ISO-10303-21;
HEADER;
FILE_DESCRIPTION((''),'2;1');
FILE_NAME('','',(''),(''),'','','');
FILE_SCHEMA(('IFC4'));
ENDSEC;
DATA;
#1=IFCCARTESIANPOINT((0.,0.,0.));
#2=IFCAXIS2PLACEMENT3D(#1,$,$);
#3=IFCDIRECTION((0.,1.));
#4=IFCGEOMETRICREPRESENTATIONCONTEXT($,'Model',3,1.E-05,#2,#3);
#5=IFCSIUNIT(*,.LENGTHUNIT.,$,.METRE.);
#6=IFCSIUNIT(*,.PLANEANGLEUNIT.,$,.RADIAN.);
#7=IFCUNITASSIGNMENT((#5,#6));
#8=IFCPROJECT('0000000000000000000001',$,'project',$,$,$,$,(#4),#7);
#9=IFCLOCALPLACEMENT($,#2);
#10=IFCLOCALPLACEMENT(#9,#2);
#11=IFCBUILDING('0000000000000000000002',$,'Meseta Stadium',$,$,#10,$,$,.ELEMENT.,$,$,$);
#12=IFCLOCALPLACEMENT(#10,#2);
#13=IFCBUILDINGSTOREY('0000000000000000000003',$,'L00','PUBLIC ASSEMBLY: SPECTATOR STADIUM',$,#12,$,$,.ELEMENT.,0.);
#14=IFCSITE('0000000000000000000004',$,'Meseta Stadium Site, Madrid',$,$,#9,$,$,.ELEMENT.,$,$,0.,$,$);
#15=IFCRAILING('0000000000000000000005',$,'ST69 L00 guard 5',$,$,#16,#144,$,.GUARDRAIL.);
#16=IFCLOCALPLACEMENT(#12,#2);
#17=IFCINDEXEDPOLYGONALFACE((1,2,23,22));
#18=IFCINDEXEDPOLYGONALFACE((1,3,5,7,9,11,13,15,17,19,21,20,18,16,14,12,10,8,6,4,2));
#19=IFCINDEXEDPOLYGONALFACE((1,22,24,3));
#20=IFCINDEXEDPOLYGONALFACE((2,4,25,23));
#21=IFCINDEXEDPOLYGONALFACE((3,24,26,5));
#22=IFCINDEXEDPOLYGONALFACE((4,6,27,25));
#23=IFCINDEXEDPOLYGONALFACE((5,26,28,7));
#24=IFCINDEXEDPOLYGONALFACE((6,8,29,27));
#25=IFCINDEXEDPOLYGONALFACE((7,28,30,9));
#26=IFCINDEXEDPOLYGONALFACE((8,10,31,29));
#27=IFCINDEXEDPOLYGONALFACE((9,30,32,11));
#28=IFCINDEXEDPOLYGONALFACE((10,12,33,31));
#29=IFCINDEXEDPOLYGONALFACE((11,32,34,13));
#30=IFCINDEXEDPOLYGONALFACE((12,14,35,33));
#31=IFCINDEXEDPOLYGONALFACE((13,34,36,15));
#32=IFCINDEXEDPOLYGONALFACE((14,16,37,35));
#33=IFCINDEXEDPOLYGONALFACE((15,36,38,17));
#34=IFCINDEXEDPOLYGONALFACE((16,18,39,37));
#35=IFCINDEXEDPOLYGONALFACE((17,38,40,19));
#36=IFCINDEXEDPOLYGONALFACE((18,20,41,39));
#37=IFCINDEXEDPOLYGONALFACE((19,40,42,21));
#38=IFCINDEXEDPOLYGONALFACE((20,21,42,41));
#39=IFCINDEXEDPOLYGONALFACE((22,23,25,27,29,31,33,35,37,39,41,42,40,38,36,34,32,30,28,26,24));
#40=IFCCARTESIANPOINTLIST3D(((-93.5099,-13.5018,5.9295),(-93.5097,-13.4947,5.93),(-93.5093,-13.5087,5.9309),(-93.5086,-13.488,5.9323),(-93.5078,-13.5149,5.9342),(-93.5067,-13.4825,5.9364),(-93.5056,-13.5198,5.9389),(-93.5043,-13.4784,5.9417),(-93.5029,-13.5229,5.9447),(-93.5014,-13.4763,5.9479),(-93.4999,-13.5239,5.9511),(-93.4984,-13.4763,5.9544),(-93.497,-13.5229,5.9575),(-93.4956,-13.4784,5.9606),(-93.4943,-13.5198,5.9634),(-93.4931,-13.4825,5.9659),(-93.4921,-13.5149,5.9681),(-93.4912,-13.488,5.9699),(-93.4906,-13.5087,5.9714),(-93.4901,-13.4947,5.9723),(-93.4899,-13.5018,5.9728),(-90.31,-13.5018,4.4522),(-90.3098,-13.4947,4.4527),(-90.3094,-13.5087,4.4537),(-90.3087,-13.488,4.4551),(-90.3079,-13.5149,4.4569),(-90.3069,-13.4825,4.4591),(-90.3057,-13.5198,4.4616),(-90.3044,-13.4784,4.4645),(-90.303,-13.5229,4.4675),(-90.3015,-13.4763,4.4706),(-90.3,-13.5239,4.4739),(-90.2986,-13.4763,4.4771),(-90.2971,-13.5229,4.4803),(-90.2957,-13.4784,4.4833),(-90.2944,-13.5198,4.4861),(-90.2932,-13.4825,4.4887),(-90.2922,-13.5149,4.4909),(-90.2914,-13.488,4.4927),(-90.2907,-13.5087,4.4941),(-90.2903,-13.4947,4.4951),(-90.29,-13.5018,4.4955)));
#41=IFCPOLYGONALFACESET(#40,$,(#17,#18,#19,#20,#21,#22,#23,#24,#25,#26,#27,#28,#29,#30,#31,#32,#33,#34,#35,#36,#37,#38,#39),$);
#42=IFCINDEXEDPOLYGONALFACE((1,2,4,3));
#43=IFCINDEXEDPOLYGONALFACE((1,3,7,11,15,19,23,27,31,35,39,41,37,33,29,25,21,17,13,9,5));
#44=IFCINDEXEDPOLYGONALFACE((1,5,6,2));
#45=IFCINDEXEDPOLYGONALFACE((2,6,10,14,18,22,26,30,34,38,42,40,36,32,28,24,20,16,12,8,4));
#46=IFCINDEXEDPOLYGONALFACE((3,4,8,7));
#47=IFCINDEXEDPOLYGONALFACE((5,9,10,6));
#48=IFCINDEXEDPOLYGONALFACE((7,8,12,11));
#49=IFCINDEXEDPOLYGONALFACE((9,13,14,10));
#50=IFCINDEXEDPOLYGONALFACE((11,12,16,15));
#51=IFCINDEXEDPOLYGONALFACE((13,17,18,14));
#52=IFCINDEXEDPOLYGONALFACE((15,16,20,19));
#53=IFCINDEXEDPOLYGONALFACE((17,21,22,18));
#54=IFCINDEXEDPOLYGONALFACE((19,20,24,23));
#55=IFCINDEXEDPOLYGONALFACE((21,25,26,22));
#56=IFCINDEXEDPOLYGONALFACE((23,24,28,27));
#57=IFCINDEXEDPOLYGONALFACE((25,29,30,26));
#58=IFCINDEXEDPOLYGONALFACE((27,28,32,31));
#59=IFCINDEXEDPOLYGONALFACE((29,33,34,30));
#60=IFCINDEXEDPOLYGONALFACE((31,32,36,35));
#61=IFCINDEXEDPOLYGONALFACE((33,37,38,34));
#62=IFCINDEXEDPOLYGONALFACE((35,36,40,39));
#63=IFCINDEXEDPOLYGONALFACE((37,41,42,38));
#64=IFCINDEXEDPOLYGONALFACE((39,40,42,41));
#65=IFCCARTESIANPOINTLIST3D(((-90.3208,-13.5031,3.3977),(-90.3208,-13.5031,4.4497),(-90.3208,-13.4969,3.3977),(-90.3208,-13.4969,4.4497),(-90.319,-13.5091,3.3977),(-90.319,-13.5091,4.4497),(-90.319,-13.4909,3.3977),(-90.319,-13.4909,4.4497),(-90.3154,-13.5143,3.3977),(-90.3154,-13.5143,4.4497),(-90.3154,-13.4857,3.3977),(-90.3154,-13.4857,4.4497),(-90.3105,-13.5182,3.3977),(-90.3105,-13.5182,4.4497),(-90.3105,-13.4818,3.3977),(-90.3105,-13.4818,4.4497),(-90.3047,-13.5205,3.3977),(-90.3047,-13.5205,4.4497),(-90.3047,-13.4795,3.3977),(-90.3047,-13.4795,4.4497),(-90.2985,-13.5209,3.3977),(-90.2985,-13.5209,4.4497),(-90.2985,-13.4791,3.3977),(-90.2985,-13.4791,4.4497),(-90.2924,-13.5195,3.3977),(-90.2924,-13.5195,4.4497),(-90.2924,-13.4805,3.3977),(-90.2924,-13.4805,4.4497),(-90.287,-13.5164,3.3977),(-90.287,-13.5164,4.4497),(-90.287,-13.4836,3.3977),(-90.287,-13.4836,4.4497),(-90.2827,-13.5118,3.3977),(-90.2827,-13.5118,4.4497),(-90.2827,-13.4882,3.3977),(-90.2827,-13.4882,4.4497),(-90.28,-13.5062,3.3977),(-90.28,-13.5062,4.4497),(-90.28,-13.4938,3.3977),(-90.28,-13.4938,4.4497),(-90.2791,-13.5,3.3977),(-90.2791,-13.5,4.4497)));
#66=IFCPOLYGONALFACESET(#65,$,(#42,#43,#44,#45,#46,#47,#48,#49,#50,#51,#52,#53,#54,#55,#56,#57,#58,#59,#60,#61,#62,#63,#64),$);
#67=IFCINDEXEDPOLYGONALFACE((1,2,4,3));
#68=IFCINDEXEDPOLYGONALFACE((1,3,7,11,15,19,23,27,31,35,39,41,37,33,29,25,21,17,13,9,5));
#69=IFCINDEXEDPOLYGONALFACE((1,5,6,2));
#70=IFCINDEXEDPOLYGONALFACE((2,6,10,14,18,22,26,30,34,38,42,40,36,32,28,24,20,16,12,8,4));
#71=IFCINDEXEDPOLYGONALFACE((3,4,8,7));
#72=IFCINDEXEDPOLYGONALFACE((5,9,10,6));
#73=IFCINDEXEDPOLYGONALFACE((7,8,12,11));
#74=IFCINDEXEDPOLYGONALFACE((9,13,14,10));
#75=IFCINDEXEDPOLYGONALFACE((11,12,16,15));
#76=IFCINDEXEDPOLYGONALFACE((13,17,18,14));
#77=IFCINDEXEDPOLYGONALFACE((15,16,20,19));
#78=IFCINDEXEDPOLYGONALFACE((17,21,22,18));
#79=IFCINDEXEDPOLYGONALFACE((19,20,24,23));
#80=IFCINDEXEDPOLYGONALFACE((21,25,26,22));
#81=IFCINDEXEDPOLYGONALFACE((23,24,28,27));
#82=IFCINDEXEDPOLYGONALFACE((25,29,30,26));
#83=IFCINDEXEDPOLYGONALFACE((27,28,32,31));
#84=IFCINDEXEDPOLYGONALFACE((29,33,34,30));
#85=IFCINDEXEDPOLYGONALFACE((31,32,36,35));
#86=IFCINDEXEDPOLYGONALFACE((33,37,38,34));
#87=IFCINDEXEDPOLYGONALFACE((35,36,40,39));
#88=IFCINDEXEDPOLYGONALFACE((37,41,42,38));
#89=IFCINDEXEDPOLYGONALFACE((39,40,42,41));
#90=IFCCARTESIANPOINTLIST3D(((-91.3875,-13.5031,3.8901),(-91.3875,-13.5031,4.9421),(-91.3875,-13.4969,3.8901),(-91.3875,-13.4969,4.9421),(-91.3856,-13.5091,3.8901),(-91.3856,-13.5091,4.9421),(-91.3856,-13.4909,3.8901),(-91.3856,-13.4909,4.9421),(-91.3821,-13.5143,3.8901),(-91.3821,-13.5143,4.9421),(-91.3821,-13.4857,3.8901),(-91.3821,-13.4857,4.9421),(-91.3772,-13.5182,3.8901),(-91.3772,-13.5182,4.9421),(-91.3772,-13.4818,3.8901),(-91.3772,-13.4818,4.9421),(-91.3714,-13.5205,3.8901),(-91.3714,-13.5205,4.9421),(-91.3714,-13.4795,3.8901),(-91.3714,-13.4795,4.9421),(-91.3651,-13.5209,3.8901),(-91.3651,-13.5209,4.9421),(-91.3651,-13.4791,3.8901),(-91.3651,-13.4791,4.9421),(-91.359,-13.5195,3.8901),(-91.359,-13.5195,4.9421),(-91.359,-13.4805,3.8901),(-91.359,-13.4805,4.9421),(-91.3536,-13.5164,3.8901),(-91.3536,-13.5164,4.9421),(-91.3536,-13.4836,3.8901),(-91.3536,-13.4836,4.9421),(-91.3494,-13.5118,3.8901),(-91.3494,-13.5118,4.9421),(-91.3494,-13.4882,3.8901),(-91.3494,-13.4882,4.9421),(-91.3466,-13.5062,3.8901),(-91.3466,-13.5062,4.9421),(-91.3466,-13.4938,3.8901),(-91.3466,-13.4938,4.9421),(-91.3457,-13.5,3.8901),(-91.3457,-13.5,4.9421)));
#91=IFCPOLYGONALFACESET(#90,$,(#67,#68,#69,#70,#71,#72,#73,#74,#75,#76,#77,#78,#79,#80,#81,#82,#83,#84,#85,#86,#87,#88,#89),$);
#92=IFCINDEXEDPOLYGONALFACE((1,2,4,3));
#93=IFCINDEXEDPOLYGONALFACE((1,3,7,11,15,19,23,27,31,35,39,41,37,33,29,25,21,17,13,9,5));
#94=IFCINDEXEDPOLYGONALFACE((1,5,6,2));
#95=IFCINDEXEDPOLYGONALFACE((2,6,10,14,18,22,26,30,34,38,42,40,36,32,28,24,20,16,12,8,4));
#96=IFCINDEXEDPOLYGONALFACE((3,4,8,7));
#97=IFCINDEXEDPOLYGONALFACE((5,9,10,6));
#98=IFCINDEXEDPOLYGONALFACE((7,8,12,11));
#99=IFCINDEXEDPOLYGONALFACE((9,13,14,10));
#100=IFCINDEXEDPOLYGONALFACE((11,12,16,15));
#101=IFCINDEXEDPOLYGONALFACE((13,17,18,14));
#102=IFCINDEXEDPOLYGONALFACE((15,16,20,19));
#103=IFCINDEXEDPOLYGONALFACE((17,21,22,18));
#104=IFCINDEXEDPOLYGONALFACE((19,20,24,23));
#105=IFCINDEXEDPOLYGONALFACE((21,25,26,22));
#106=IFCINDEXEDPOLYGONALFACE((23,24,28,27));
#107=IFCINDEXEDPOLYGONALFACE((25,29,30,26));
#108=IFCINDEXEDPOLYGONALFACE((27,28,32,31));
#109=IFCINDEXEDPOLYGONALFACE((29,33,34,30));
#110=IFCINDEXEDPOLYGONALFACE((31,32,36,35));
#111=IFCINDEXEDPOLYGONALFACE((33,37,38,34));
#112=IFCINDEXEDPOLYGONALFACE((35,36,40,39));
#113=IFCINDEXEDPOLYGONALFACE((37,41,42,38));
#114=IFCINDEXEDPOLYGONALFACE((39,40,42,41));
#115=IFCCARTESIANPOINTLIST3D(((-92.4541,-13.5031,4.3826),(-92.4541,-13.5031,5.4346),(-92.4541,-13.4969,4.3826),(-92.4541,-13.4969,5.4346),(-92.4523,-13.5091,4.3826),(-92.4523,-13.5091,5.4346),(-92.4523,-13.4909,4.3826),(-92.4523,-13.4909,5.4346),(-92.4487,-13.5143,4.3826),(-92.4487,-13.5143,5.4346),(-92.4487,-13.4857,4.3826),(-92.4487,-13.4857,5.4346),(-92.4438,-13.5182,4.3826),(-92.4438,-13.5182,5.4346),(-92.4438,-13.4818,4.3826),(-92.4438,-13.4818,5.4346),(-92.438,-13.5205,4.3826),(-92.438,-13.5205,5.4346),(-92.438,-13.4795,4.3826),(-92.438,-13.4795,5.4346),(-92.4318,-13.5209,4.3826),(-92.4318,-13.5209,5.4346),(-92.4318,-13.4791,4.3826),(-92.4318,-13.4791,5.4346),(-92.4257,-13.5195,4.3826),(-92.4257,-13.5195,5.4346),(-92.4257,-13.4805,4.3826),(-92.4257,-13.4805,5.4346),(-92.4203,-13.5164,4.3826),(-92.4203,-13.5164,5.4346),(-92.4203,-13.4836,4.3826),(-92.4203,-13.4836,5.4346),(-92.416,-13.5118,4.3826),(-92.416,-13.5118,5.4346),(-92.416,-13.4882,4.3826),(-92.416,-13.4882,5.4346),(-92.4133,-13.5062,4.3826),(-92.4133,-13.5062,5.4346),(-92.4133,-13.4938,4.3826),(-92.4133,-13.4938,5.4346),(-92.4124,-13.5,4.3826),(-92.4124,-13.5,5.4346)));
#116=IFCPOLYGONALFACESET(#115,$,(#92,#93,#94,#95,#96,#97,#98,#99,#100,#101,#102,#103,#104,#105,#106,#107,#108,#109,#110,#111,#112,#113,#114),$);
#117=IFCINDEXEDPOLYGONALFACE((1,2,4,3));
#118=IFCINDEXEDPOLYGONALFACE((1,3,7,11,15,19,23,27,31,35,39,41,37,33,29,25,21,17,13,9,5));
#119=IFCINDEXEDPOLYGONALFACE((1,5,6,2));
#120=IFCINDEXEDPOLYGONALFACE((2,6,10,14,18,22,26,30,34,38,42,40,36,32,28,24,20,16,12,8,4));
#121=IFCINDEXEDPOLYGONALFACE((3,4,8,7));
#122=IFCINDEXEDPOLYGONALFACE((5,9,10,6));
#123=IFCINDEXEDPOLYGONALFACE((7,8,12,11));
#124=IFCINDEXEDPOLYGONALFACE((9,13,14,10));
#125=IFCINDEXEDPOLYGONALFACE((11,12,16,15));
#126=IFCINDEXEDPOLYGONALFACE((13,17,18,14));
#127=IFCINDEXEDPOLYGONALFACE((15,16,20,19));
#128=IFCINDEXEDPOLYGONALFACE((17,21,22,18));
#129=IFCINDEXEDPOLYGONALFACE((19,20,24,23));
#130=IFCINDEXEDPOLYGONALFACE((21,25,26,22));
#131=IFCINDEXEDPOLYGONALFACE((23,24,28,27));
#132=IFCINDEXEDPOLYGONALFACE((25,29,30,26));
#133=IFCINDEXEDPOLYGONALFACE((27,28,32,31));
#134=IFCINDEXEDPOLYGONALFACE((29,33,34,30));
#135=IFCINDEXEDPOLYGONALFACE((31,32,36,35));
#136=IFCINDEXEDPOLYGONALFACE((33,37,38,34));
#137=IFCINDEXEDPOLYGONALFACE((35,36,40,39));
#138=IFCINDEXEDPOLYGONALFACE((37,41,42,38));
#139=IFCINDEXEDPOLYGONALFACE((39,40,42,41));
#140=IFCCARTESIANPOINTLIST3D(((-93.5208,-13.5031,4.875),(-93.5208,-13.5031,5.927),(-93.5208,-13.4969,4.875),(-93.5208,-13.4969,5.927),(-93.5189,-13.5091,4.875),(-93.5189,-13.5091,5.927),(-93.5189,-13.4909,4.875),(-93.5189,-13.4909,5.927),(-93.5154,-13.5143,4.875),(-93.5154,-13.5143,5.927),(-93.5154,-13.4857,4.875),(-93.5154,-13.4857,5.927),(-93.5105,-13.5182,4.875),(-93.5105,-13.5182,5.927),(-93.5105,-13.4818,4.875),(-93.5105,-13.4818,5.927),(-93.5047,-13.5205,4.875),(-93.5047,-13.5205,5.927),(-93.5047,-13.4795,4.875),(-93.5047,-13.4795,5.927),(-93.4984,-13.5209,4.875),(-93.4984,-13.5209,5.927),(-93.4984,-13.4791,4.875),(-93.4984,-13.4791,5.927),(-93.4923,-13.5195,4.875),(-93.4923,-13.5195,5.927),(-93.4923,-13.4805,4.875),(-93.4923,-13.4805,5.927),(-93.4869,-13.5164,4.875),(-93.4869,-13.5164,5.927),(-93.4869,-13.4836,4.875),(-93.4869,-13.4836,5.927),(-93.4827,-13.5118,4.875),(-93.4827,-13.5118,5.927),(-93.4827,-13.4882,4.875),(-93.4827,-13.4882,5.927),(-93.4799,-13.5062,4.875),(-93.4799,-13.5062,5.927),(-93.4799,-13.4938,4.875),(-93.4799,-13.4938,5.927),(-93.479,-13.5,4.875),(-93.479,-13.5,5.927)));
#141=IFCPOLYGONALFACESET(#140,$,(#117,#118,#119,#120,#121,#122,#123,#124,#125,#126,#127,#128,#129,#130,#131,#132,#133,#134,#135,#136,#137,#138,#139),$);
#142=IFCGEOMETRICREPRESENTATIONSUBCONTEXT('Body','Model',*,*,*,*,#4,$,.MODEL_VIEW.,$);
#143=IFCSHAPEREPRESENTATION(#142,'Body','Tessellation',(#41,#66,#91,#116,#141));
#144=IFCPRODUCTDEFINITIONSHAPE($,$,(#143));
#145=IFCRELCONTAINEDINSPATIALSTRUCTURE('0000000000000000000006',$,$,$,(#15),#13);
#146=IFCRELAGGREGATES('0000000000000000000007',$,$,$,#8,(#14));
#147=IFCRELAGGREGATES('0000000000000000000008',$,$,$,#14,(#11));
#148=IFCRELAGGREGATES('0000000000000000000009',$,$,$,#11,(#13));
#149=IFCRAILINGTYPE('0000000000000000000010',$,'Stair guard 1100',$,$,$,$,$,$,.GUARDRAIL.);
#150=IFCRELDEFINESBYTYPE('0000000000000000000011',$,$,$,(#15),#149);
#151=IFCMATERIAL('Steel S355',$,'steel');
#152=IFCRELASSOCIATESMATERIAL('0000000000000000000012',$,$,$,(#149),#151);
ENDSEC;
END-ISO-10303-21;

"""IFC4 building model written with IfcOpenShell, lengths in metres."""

from ifc_helpers import new_model, si_unit, direction, frame, origin, origin_2d, place, context, subcontext, project, spatial, circle, extrude, material, type_object, element, save


model = new_model("IFC4")

# Units and contexts
model_context = context("Model", 3, precision=1e-05, world=origin(), true_north=direction((0.0, 1.0)))
body_context = subcontext(model_context, "Body", "Model", "MODEL_VIEW")
ifc_project = project(units=[si_unit("LENGTHUNIT", "METRE"), si_unit("PLANEANGLEUNIT", "RADIAN")], contexts=[model_context])

# Site, building, storey
site_placement = place(None, origin())
site = spatial("IfcSite", under=ifc_project, at=site_placement, Name="Meseta Stadium Site, Madrid", CompositionType="ELEMENT", RefElevation=0.0)
building_placement = place(site_placement, origin())
building = spatial("IfcBuilding", under=site, at=building_placement, Name="Meseta Stadium", CompositionType="ELEMENT")
storey_placement = place(building_placement, origin())
storey = spatial("IfcBuildingStorey", under=building, at=storey_placement, Name="L00", Description="PUBLIC ASSEMBLY: SPECTATOR STADIUM", CompositionType="ELEMENT", Elevation=0.0)

# Railing
ifc_material_1 = material(Name="Steel S355", Category="steel")
railing_type_1 = type_object("IfcRailingType", Name="Stair guard 1100", PredefinedType="GUARDRAIL", material=ifc_material_1)
railing_1_placement = place(storey_placement, frame((-90.3, -13.5, 3.3977)))
element("IfcRailing", 1, at=railing_1_placement, inside=storey, type_object=railing_type_1, Name="ST69 L00 guard 5", PredefinedType="GUARDRAIL", context=body_context, shape_type="SweptSolid", body=[
    extrude(circle(Radius=0.0239, at=origin_2d()), frame((0.0, 0.0, 1.0762), z_axis=(-0.907917, 0.0, 0.41915), x_axis=(0.0, -1.0, 0.0)), (0.0, 0.0, 1.0), 3.5244),
    extrude(circle(Radius=0.021, at=origin_2d()), origin(), (0.0, 0.0, 1.0), 1.052),
    extrude(circle(Radius=0.021, at=origin_2d()), frame((-1.0667, 0.0, 0.4924)), (0.0, 0.0, 1.0), 1.052),
    extrude(circle(Radius=0.021, at=origin_2d()), frame((-2.1333, 0.0, 0.9849)), (0.0, 0.0, 1.0), 1.052),
    extrude(circle(Radius=0.021, at=origin_2d()), frame((-3.2, 0.0, 1.4773)), (0.0, 0.0, 1.0), 1.052),
])

save(model, "model.ifc")
